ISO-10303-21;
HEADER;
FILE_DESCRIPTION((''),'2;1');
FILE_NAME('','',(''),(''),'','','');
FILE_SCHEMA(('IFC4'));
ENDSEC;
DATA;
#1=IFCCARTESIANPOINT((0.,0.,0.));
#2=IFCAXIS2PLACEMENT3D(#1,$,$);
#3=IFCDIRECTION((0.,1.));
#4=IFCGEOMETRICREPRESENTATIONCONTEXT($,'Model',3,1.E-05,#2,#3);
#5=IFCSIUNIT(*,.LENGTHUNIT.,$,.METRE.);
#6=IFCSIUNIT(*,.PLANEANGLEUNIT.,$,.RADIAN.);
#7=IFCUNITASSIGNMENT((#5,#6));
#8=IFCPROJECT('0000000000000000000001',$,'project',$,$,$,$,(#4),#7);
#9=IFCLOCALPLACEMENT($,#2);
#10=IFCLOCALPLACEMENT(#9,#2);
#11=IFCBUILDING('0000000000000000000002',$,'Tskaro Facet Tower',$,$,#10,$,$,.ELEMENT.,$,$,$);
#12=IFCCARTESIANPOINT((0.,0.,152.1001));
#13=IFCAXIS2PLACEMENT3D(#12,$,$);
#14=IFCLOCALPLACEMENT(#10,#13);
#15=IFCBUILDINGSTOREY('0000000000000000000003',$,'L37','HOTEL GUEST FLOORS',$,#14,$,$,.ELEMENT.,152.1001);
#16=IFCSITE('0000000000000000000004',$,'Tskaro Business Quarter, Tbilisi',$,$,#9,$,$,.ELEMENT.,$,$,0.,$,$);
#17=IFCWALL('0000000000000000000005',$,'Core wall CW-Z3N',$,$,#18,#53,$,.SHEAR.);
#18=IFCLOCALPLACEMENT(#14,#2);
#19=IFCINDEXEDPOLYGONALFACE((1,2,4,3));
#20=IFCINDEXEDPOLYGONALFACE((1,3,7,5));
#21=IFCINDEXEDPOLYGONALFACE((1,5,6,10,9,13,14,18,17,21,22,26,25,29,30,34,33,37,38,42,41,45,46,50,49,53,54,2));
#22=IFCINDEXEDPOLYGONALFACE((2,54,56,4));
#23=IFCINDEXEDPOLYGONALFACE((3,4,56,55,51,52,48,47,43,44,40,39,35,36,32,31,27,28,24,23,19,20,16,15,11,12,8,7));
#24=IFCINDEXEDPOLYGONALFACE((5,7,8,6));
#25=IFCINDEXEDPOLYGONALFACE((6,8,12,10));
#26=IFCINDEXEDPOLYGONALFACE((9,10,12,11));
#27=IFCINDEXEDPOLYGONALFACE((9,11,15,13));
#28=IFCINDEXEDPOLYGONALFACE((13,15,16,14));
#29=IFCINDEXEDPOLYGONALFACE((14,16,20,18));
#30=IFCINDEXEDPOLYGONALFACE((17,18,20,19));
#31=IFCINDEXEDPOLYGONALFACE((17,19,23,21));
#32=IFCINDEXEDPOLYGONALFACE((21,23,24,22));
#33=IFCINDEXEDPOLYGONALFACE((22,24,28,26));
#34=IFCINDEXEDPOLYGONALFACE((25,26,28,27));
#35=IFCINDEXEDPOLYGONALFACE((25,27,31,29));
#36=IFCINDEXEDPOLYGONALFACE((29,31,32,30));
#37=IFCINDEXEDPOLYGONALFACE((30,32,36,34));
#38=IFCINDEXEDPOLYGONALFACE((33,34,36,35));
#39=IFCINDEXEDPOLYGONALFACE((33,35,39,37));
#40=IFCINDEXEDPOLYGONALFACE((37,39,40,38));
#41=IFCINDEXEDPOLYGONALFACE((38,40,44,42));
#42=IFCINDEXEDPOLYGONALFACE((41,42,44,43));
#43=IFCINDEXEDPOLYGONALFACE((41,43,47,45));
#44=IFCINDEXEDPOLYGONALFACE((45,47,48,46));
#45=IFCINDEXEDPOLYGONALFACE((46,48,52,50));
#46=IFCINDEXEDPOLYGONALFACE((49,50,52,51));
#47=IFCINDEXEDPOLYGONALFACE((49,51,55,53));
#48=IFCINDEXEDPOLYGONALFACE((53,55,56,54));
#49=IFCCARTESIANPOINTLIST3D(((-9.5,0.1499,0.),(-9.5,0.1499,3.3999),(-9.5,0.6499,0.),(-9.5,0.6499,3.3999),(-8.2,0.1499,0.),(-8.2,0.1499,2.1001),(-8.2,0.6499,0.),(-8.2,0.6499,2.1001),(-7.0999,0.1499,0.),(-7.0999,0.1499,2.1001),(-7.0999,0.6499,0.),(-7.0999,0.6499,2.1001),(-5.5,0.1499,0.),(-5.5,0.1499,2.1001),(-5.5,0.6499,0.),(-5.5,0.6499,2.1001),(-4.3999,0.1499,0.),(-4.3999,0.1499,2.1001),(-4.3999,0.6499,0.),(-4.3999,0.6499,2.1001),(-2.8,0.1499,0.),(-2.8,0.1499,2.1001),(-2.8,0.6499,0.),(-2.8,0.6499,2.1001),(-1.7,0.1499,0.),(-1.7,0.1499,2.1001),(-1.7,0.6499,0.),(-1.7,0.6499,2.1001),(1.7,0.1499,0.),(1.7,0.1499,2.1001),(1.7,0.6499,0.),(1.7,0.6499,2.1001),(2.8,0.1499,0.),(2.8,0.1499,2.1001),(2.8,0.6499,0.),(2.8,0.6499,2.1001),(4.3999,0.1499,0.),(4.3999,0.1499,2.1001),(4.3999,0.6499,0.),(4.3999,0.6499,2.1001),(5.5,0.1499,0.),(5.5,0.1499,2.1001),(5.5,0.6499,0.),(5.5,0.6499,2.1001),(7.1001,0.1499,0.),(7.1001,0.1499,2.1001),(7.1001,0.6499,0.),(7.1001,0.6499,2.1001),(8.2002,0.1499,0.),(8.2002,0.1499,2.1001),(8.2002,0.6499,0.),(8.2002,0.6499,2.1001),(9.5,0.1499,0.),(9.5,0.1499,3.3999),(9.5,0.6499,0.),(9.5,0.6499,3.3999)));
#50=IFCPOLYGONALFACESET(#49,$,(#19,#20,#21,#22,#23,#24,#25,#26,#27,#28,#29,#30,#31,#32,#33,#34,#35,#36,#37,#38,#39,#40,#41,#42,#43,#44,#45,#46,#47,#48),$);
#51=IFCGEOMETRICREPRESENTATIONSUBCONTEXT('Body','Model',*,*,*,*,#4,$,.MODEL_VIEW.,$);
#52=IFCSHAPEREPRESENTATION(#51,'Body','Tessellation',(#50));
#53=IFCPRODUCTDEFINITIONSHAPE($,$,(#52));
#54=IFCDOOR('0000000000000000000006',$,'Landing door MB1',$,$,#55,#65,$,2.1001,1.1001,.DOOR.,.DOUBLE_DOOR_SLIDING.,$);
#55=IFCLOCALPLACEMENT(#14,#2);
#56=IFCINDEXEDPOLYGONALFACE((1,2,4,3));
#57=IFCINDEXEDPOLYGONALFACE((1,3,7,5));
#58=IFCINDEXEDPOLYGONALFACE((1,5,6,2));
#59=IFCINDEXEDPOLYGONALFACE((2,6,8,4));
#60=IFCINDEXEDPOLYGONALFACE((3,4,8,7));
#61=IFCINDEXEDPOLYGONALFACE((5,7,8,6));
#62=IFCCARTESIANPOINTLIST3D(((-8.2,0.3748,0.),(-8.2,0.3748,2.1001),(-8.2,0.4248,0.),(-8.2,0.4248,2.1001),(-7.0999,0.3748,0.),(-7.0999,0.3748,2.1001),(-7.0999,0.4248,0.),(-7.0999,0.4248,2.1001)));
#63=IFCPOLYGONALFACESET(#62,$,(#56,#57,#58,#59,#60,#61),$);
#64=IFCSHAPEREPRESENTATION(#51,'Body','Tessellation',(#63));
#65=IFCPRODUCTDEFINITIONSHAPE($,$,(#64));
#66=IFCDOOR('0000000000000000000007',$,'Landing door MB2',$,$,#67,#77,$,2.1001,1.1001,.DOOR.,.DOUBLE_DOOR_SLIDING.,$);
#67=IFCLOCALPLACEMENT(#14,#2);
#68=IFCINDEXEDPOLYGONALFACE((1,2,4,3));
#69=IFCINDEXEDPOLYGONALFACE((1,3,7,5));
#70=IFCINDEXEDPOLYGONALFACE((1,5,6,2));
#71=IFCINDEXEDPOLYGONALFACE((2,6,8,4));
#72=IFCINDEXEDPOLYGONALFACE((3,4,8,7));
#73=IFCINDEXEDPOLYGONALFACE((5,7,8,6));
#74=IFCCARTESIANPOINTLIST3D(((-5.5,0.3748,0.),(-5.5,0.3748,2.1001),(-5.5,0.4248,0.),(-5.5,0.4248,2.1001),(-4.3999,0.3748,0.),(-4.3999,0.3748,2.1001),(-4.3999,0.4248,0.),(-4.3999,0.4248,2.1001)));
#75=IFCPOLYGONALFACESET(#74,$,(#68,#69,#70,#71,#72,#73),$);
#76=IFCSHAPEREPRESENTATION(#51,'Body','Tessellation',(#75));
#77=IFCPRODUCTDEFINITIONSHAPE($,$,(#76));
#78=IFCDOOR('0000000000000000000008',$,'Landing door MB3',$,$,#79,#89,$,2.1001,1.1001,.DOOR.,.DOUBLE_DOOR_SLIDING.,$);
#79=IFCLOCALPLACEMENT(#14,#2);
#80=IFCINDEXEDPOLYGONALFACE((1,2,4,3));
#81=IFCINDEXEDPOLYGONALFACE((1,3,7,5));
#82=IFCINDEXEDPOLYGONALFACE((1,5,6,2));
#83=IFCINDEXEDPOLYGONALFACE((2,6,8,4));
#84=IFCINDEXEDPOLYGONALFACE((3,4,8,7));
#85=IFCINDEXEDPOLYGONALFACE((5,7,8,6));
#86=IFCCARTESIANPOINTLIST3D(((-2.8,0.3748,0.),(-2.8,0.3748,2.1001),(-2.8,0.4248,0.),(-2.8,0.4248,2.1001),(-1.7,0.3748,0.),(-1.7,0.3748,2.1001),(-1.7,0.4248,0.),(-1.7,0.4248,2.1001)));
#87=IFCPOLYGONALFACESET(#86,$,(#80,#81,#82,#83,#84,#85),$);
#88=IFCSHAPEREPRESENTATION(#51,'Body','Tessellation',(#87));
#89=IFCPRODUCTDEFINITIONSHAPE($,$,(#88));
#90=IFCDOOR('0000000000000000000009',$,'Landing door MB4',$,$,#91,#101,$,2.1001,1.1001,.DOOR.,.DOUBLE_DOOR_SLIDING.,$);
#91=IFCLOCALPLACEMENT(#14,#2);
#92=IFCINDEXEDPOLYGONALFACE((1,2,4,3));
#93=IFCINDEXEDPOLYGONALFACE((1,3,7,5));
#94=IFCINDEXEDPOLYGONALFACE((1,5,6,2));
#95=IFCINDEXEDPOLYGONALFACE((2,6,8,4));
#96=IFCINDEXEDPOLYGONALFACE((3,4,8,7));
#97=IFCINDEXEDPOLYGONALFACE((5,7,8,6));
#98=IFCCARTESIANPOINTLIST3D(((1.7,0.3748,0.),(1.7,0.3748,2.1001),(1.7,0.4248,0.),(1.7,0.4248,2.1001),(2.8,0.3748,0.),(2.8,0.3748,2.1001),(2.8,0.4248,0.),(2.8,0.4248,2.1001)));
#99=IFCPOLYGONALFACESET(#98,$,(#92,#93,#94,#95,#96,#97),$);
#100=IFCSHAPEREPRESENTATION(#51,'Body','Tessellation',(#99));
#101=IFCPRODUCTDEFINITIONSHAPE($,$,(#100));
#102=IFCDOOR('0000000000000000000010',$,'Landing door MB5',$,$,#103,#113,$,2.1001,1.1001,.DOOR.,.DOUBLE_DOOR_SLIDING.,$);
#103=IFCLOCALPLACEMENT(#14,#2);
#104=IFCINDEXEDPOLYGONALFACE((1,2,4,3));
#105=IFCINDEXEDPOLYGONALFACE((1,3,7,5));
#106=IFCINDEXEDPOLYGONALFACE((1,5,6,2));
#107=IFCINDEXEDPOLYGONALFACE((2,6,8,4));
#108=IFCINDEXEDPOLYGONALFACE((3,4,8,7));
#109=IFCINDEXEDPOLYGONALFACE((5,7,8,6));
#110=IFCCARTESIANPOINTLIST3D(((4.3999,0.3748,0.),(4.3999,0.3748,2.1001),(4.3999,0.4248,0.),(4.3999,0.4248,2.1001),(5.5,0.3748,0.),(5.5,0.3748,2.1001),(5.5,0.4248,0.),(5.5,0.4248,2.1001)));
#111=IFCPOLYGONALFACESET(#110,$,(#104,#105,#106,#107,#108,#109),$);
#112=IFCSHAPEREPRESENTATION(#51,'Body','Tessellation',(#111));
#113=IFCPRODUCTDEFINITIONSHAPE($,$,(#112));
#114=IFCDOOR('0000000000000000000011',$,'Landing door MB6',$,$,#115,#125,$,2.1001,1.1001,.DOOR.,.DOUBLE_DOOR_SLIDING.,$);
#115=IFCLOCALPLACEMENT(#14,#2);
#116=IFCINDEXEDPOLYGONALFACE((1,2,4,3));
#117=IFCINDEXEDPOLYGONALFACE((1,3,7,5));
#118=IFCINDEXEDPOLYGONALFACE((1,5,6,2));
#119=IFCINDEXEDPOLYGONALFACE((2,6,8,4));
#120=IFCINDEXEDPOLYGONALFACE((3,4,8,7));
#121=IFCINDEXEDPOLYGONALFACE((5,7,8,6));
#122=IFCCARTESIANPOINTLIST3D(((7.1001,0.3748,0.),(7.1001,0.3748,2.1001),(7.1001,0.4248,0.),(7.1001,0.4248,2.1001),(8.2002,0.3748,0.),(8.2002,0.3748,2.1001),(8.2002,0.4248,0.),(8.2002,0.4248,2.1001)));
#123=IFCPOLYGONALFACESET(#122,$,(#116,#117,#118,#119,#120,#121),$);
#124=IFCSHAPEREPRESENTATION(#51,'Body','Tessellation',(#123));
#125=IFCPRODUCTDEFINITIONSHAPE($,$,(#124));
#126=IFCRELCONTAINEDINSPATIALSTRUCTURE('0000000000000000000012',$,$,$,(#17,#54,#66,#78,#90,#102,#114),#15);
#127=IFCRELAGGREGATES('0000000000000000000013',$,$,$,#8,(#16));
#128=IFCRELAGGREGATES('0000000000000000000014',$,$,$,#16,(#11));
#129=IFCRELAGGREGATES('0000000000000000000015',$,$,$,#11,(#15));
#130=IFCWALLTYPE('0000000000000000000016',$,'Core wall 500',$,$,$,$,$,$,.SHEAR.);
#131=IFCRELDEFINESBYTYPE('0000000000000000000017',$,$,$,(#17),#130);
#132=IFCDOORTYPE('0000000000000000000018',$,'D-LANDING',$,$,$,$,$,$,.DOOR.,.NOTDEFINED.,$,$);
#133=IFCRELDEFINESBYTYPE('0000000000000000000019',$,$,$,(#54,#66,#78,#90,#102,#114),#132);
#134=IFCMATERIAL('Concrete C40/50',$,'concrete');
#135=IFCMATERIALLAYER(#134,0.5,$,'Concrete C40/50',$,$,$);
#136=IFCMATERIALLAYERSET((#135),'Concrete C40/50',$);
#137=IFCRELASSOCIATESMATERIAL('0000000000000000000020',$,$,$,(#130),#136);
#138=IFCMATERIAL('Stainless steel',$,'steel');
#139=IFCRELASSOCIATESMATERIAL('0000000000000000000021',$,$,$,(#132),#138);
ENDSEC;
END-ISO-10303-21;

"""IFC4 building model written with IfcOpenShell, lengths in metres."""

from ifc_helpers import new_model, si_unit, direction, frame, frame_2d, origin, place, context, subcontext, project, spatial, rectangle, extrude, material, layer, layer_set, type_object, element, fill, save


model = new_model("IFC4")

# Units and contexts
model_context = context("Model", 3, precision=1e-05, world=origin(), true_north=direction((0.0, 1.0)))
body_context = subcontext(model_context, "Body", "Model", "MODEL_VIEW")
ifc_project = project(units=[si_unit("LENGTHUNIT", "METRE"), si_unit("PLANEANGLEUNIT", "RADIAN")], contexts=[model_context])

# Site, building, storey
site_placement = place(None, origin())
site = spatial("IfcSite", under=ifc_project, at=site_placement, Name="Tskaro Business Quarter, Tbilisi", CompositionType="ELEMENT", RefElevation=0.0)
building_placement = place(site_placement, origin())
building = spatial("IfcBuilding", under=site, at=building_placement, Name="Tskaro Facet Tower", CompositionType="ELEMENT")
storey_placement = place(building_placement, frame((0.0, 0.0, 152.1001)))
storey = spatial("IfcBuildingStorey", under=building, at=storey_placement, Name="L37", Description="HOTEL GUEST FLOORS", CompositionType="ELEMENT", Elevation=152.1001)

# Wall, openings, doors
ifc_material_1 = material(Name="Concrete C40/50", Category="concrete")
ifc_layer_1 = layer(ifc_material_1, 0.5, Name="Concrete C40/50")
ifc_layer_set_1 = layer_set([ifc_layer_1], Name="Concrete C40/50")
wall_type_1 = type_object("IfcWallType", Name="Core wall 500", PredefinedType="SHEAR", material=ifc_layer_set_1)
wall_1_placement = place(storey_placement, frame((-9.5, 0.3999, 0.0), z_axis=(0.0, 0.0, 1.0), x_axis=(1.0, 0.0, 0.0)))
wall_1 = element("IfcWall", 1, at=wall_1_placement, inside=storey, type_object=wall_type_1, Name="Core wall CW-Z3N", PredefinedType="SHEAR", context=body_context, shape_type="SweptSolid", body=[
    extrude(rectangle(XDim=19.0, YDim=0.5, at=frame_2d((9.5, 0.0))), origin(), (0.0, 0.0, 1.0), 3.3999),
])
opening_1_placement = place(wall_1_placement, frame((1.3, 0.0, 0.0)))
opening_1 = element("IfcOpeningElement", 2, at=opening_1_placement, cuts=wall_1, PredefinedType="OPENING", context=body_context, shape_type="SweptSolid", body=[
    extrude(rectangle(XDim=1.1001, YDim=2.1001, at=frame_2d((0.55, 1.05))), frame((0.0, 0.26, 0.0), z_axis=(0.0, -1.0, 0.0), x_axis=(1.0, 0.0, 0.0)), (0.0, 0.0, 1.0), 0.52),
])
opening_2_placement = place(wall_1_placement, frame((4.0, 0.0, 0.0)))
opening_2 = element("IfcOpeningElement", 3, at=opening_2_placement, cuts=wall_1, PredefinedType="OPENING", context=body_context, shape_type="SweptSolid", body=[
    extrude(rectangle(XDim=1.1001, YDim=2.1001, at=frame_2d((0.55, 1.05))), frame((0.0, 0.26, 0.0), z_axis=(0.0, -1.0, 0.0), x_axis=(1.0, 0.0, 0.0)), (0.0, 0.0, 1.0), 0.52),
])
opening_3_placement = place(wall_1_placement, frame((6.7, 0.0, 0.0)))
opening_3 = element("IfcOpeningElement", 4, at=opening_3_placement, cuts=wall_1, PredefinedType="OPENING", context=body_context, shape_type="SweptSolid", body=[
    extrude(rectangle(XDim=1.1001, YDim=2.1001, at=frame_2d((0.55, 1.05))), frame((0.0, 0.26, 0.0), z_axis=(0.0, -1.0, 0.0), x_axis=(1.0, 0.0, 0.0)), (0.0, 0.0, 1.0), 0.52),
])
opening_4_placement = place(wall_1_placement, frame((11.2, 0.0, 0.0)))
opening_4 = element("IfcOpeningElement", 5, at=opening_4_placement, cuts=wall_1, PredefinedType="OPENING", context=body_context, shape_type="SweptSolid", body=[
    extrude(rectangle(XDim=1.1001, YDim=2.1001, at=frame_2d((0.55, 1.05))), frame((0.0, 0.26, 0.0), z_axis=(0.0, -1.0, 0.0), x_axis=(1.0, 0.0, 0.0)), (0.0, 0.0, 1.0), 0.52),
])
opening_5_placement = place(wall_1_placement, frame((13.8999, 0.0, 0.0)))
opening_5 = element("IfcOpeningElement", 6, at=opening_5_placement, cuts=wall_1, PredefinedType="OPENING", context=body_context, shape_type="SweptSolid", body=[
    extrude(rectangle(XDim=1.1001, YDim=2.1001, at=frame_2d((0.55, 1.05))), frame((0.0, 0.26, 0.0), z_axis=(0.0, -1.0, 0.0), x_axis=(1.0, 0.0, 0.0)), (0.0, 0.0, 1.0), 0.52),
])
opening_6_placement = place(wall_1_placement, frame((16.6001, 0.0, 0.0)))
opening_6 = element("IfcOpeningElement", 7, at=opening_6_placement, cuts=wall_1, PredefinedType="OPENING", context=body_context, shape_type="SweptSolid", body=[
    extrude(rectangle(XDim=1.1001, YDim=2.1001, at=frame_2d((0.55, 1.05))), frame((0.0, 0.26, 0.0), z_axis=(0.0, -1.0, 0.0), x_axis=(1.0, 0.0, 0.0)), (0.0, 0.0, 1.0), 0.52),
])
ifc_material_2 = material(Name="Stainless steel", Category="steel")
door_type_1 = type_object("IfcDoorType", Name="D-LANDING", OperationType="NOTDEFINED", PredefinedType="DOOR", material=ifc_material_2)
door_1_placement = place(opening_1_placement, origin())
door_1 = element("IfcDoor", 8, at=door_1_placement, inside=storey, type_object=door_type_1, Name="Landing door MB1", OperationType="DOUBLE_DOOR_SLIDING", OverallHeight=2.1001, OverallWidth=1.1001, PredefinedType="DOOR", context=body_context, shape_type="SweptSolid", body=[
    extrude(rectangle(XDim=1.1001, YDim=2.1001, at=frame_2d((0.55, 1.05))), frame((0.0, 0.0249, 0.0), z_axis=(0.0, -1.0, 0.0), x_axis=(1.0, 0.0, 0.0)), (0.0, 0.0, 1.0), 0.05),
])
fill(opening_1, door_1)
door_2_placement = place(opening_2_placement, origin())
door_2 = element("IfcDoor", 9, at=door_2_placement, inside=storey, type_object=door_type_1, Name="Landing door MB2", OperationType="DOUBLE_DOOR_SLIDING", OverallHeight=2.1001, OverallWidth=1.1001, PredefinedType="DOOR", context=body_context, shape_type="SweptSolid", body=[
    extrude(rectangle(XDim=1.1001, YDim=2.1001, at=frame_2d((0.55, 1.05))), frame((0.0, 0.0249, 0.0), z_axis=(0.0, -1.0, 0.0), x_axis=(1.0, 0.0, 0.0)), (0.0, 0.0, 1.0), 0.05),
])
fill(opening_2, door_2)
door_3_placement = place(opening_3_placement, origin())
door_3 = element("IfcDoor", 10, at=door_3_placement, inside=storey, type_object=door_type_1, Name="Landing door MB3", OperationType="DOUBLE_DOOR_SLIDING", OverallHeight=2.1001, OverallWidth=1.1001, PredefinedType="DOOR", context=body_context, shape_type="SweptSolid", body=[
    extrude(rectangle(XDim=1.1001, YDim=2.1001, at=frame_2d((0.55, 1.05))), frame((0.0, 0.0249, 0.0), z_axis=(0.0, -1.0, 0.0), x_axis=(1.0, 0.0, 0.0)), (0.0, 0.0, 1.0), 0.05),
])
fill(opening_3, door_3)
door_4_placement = place(opening_4_placement, origin())
door_4 = element("IfcDoor", 11, at=door_4_placement, inside=storey, type_object=door_type_1, Name="Landing door MB4", OperationType="DOUBLE_DOOR_SLIDING", OverallHeight=2.1001, OverallWidth=1.1001, PredefinedType="DOOR", context=body_context, shape_type="SweptSolid", body=[
    extrude(rectangle(XDim=1.1001, YDim=2.1001, at=frame_2d((0.55, 1.05))), frame((0.0, 0.0249, 0.0), z_axis=(0.0, -1.0, 0.0), x_axis=(1.0, 0.0, 0.0)), (0.0, 0.0, 1.0), 0.05),
])
fill(opening_4, door_4)
door_5_placement = place(opening_5_placement, origin())
door_5 = element("IfcDoor", 12, at=door_5_placement, inside=storey, type_object=door_type_1, Name="Landing door MB5", OperationType="DOUBLE_DOOR_SLIDING", OverallHeight=2.1001, OverallWidth=1.1001, PredefinedType="DOOR", context=body_context, shape_type="SweptSolid", body=[
    extrude(rectangle(XDim=1.1001, YDim=2.1001, at=frame_2d((0.55, 1.05))), frame((0.0, 0.0249, 0.0), z_axis=(0.0, -1.0, 0.0), x_axis=(1.0, 0.0, 0.0)), (0.0, 0.0, 1.0), 0.05),
])
fill(opening_5, door_5)
door_6_placement = place(opening_6_placement, origin())
door_6 = element("IfcDoor", 13, at=door_6_placement, inside=storey, type_object=door_type_1, Name="Landing door MB6", OperationType="DOUBLE_DOOR_SLIDING", OverallHeight=2.1001, OverallWidth=1.1001, PredefinedType="DOOR", context=body_context, shape_type="SweptSolid", body=[
    extrude(rectangle(XDim=1.1001, YDim=2.1001, at=frame_2d((0.55, 1.05))), frame((0.0, 0.0249, 0.0), z_axis=(0.0, -1.0, 0.0), x_axis=(1.0, 0.0, 0.0)), (0.0, 0.0, 1.0), 0.05),
])
fill(opening_6, door_6)

save(model, "model.ifc")
